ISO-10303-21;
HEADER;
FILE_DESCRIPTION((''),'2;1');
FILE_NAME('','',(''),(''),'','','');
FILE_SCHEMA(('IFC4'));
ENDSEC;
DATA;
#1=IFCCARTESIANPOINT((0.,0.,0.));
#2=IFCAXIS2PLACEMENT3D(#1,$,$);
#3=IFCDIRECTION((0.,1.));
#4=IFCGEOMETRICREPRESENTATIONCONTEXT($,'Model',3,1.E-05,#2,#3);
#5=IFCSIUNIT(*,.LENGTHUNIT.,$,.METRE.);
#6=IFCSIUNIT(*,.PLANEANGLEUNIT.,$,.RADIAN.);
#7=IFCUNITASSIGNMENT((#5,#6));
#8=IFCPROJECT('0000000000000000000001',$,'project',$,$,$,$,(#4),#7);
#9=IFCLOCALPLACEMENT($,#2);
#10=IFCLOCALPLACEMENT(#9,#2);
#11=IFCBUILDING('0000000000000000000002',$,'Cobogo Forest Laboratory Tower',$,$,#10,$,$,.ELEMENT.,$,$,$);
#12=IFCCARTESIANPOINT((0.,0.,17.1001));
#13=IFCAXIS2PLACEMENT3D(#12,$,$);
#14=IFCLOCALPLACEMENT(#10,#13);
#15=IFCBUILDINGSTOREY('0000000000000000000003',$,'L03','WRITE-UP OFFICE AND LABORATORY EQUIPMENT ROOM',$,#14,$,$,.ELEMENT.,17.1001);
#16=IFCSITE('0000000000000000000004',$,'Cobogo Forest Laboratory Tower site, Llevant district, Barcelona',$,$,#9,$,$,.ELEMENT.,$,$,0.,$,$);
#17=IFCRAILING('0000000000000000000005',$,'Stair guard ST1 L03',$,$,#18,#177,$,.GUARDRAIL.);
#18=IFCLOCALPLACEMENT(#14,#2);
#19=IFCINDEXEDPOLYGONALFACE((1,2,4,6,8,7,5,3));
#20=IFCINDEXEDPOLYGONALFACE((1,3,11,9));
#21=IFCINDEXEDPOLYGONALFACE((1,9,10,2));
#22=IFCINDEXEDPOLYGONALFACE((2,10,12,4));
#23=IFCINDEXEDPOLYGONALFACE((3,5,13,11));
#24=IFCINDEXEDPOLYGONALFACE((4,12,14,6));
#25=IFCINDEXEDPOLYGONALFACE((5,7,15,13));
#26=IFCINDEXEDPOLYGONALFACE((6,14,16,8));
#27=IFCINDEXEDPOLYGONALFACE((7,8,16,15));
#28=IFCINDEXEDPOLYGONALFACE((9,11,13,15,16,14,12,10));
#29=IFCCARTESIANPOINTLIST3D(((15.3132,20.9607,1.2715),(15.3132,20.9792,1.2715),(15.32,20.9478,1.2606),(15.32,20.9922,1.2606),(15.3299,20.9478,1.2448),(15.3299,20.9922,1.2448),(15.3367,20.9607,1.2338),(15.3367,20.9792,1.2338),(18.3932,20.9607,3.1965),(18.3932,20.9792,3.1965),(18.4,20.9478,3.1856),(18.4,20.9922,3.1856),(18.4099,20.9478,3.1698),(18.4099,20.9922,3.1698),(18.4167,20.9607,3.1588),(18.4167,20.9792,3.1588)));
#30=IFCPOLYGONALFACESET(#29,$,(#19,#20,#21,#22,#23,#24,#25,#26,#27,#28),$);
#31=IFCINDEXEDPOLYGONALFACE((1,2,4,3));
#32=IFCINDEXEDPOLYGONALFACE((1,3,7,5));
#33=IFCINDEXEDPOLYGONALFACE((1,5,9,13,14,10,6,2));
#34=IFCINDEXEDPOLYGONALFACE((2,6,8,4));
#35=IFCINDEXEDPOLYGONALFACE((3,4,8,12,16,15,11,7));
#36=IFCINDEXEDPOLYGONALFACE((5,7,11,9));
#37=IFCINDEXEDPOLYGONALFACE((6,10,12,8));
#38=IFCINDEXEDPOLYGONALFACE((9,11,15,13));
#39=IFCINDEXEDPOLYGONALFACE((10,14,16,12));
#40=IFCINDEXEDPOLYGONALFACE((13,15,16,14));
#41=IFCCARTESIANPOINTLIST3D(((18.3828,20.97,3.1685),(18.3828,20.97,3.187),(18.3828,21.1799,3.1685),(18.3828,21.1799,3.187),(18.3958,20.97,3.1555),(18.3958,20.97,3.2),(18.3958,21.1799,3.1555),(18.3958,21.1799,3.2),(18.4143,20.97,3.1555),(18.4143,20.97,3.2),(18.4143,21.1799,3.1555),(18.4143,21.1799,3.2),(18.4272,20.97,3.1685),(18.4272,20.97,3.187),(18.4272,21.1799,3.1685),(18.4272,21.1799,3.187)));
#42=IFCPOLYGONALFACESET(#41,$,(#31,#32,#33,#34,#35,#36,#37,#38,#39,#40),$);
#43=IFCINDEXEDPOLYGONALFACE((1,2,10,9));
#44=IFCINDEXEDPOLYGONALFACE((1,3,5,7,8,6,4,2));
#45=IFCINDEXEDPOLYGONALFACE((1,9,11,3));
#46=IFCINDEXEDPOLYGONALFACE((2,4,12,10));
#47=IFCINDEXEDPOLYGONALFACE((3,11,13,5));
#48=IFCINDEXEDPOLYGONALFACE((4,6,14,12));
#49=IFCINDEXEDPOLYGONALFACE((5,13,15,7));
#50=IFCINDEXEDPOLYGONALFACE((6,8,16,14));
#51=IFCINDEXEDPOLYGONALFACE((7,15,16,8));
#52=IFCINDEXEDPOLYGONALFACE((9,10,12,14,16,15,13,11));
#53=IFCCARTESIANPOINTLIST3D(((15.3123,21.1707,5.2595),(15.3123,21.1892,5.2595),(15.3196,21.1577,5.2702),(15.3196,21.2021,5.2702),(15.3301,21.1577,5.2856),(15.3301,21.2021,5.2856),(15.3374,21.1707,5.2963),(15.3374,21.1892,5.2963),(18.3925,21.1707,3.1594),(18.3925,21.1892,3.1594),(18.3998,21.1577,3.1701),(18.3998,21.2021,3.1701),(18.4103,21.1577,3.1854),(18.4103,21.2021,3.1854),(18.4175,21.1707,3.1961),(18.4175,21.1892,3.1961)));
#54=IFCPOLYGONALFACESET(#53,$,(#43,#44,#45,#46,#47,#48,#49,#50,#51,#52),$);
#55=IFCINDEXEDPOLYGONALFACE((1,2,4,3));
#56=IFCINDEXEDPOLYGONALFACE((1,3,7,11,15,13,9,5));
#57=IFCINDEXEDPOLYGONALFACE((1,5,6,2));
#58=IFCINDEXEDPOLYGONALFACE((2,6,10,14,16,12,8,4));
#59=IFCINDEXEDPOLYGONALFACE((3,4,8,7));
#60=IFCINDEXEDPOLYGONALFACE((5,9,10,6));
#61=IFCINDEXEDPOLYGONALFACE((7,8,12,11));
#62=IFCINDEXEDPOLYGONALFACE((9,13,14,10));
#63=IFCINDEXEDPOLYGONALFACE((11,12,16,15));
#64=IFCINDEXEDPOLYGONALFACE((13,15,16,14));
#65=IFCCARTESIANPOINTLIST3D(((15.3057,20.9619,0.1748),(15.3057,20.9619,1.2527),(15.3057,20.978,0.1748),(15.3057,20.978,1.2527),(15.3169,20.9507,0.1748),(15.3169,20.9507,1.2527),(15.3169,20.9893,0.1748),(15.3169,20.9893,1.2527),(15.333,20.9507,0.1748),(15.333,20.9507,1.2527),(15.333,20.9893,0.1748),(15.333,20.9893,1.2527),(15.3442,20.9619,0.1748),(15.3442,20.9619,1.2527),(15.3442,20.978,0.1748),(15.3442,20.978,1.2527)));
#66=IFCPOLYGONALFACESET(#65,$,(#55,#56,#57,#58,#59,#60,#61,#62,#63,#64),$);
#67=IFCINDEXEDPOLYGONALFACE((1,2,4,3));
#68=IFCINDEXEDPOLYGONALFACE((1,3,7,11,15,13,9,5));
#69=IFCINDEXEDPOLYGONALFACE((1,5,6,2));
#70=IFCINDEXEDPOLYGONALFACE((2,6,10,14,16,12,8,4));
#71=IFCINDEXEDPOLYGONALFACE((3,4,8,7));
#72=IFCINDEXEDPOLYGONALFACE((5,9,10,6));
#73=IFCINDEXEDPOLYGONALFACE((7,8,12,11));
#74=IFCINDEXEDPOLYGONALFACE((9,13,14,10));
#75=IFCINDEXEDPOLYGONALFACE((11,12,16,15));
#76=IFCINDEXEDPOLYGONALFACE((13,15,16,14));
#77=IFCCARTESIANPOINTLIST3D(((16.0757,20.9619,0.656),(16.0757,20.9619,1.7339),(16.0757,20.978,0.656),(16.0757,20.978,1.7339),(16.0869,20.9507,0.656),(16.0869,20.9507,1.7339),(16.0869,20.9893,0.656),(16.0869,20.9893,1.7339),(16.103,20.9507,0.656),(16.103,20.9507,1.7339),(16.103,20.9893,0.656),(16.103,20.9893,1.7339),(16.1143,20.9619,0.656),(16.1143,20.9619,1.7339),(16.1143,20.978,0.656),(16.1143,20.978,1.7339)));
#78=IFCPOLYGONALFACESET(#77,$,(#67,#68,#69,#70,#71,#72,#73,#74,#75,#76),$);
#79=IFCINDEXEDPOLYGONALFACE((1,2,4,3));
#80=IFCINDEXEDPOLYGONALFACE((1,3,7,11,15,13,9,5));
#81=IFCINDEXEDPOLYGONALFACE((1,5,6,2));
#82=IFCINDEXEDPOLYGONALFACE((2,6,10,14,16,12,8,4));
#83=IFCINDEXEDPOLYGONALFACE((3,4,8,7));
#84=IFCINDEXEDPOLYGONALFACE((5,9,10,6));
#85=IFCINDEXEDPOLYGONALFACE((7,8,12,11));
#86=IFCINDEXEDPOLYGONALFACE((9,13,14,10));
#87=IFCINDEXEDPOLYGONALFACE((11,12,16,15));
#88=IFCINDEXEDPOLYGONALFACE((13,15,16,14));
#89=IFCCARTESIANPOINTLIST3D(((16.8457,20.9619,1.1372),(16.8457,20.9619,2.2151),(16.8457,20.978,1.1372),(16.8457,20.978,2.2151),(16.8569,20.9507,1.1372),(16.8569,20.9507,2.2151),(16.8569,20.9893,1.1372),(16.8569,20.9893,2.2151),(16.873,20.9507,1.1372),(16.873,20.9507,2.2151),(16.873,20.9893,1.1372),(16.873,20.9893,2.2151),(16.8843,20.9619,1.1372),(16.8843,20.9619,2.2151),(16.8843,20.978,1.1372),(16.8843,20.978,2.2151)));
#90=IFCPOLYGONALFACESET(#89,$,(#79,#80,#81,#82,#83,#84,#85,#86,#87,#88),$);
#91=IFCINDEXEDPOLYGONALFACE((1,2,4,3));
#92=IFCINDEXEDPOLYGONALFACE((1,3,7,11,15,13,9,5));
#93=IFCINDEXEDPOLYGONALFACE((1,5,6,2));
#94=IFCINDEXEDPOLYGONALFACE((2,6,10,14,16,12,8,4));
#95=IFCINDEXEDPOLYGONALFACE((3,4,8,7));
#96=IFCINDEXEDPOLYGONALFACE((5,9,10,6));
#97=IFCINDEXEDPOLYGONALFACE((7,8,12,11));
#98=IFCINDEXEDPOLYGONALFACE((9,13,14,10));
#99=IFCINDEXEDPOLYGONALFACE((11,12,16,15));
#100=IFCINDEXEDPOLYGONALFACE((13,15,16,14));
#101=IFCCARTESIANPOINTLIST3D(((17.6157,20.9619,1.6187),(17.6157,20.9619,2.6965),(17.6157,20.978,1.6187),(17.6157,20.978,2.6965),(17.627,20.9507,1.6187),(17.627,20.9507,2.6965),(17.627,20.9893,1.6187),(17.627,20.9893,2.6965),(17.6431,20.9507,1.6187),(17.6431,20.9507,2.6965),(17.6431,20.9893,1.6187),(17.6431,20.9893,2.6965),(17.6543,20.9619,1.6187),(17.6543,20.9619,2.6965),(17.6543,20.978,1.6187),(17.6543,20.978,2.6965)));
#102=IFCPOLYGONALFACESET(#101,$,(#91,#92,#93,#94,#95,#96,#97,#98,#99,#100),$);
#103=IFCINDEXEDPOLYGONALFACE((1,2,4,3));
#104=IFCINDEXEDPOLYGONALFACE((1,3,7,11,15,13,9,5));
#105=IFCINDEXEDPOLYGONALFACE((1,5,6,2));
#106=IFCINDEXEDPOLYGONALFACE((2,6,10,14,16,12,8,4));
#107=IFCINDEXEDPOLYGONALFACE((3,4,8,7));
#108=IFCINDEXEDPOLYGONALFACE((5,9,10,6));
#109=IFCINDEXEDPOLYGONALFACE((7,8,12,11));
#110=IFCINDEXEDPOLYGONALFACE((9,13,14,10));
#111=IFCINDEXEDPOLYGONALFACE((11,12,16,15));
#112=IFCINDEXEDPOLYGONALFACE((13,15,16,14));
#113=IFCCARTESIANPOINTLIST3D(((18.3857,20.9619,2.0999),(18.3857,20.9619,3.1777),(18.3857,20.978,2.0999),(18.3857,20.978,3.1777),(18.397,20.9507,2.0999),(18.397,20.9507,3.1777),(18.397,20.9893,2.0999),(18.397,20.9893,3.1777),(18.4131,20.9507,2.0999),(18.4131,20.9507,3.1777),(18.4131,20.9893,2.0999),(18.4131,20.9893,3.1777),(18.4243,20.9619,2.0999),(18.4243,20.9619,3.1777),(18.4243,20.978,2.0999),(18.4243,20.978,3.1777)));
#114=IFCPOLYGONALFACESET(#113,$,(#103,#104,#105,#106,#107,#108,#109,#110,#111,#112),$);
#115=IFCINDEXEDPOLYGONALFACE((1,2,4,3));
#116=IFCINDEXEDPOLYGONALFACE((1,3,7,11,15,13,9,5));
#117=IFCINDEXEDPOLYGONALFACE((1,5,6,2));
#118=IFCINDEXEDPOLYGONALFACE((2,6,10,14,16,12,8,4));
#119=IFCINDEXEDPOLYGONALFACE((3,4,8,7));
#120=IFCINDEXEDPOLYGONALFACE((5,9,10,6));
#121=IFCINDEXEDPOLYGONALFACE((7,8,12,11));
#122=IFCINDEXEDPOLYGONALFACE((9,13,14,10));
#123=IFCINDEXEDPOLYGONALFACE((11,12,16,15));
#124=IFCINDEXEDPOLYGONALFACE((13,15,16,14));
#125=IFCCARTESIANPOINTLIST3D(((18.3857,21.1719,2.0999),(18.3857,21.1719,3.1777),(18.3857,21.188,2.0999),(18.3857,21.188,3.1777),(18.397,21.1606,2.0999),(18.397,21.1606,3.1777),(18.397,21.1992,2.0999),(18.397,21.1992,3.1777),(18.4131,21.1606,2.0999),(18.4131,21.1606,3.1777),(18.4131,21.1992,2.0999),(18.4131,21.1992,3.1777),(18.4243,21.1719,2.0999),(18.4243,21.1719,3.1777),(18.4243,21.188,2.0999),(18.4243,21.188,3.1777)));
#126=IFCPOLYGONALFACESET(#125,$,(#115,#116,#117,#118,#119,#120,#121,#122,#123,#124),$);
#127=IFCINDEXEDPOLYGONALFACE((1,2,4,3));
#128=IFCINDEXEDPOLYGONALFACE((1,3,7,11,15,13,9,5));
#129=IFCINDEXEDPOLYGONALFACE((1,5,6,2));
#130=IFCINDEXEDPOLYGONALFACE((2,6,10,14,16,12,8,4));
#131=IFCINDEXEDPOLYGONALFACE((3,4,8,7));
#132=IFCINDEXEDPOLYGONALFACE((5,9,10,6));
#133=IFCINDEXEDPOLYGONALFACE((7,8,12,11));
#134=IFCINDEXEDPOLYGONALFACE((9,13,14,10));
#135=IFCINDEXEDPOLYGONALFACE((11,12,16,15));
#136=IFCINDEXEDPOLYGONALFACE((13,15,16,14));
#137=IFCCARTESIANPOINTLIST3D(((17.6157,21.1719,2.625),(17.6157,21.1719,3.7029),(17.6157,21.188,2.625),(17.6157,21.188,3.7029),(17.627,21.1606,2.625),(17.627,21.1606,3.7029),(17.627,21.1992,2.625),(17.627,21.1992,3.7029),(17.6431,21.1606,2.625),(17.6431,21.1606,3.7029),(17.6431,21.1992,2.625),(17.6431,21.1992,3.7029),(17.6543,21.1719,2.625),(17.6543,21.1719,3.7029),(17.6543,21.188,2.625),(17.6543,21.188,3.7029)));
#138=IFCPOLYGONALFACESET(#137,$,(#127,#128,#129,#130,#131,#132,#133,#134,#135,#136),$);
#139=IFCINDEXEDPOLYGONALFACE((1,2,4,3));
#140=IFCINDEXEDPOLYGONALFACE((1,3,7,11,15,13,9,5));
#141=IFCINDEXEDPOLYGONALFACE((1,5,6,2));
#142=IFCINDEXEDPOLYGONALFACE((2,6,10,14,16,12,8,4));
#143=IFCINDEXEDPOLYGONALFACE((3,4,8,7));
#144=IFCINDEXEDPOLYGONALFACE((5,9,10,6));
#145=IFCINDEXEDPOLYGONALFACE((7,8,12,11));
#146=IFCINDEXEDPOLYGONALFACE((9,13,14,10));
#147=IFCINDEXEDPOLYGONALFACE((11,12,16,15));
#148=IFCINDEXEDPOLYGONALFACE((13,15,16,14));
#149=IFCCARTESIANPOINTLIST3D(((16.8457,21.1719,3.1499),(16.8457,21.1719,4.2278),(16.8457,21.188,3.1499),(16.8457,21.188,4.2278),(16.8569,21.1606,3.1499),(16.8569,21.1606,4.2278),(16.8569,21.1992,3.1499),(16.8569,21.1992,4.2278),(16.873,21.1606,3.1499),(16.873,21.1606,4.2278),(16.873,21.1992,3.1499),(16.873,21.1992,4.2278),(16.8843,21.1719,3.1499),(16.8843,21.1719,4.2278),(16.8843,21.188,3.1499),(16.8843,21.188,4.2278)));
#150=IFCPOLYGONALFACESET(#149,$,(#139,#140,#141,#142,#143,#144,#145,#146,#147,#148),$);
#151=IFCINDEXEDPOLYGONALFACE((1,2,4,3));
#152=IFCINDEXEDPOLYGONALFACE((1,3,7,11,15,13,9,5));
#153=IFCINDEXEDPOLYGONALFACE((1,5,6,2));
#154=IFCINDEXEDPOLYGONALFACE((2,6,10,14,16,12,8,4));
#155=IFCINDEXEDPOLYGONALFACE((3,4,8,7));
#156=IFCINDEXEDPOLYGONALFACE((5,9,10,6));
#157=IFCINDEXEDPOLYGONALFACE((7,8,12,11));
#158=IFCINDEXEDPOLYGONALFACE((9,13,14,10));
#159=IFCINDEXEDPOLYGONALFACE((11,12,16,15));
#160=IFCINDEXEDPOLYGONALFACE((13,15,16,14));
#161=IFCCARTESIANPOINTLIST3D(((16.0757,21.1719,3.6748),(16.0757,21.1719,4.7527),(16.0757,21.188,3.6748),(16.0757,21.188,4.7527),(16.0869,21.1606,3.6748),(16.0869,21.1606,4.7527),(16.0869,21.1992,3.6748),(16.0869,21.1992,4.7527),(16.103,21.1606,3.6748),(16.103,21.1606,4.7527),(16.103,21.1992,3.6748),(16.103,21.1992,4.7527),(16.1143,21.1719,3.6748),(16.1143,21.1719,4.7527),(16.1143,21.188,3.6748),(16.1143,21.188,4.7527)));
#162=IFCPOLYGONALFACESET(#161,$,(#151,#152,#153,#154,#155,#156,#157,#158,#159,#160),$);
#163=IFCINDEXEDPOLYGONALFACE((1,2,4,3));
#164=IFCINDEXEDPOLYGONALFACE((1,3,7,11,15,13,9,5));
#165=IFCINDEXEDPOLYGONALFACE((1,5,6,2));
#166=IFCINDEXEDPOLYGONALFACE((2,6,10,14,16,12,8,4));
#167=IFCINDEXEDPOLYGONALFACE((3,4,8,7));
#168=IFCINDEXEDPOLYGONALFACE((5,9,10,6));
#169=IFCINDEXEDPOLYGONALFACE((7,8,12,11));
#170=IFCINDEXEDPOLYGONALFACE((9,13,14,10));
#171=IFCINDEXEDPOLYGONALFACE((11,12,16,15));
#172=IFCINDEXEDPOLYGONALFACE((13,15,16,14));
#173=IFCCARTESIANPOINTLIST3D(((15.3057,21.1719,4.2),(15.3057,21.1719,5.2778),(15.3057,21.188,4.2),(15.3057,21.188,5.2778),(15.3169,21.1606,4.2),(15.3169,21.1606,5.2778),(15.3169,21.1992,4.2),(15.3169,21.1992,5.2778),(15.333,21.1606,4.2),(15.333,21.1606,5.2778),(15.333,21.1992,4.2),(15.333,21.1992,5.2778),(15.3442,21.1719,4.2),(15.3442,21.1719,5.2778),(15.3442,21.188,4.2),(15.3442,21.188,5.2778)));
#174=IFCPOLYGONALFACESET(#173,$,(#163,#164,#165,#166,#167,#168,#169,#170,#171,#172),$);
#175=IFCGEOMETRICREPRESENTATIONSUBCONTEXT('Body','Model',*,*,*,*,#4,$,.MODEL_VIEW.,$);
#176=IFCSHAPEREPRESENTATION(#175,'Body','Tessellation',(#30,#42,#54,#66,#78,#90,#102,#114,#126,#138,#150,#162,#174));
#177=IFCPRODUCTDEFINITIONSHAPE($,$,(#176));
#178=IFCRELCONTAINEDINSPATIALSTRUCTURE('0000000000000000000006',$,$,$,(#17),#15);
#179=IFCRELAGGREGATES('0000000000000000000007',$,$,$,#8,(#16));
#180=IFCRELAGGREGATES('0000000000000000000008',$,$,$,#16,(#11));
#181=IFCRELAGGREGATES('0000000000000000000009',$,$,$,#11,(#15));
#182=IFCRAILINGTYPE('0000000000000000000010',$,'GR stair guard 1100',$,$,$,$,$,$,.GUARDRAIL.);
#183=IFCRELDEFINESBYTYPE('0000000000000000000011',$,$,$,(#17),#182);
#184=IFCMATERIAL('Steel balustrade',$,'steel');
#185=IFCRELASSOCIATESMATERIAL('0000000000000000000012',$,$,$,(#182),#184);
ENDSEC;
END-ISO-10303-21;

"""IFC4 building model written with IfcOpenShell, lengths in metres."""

from ifc_helpers import new_model, si_unit, direction, frame, origin, place, context, subcontext, project, spatial, polyline, outline, extrude, material, type_object, element, save


model = new_model("IFC4")

# Units and contexts
model_context = context("Model", 3, precision=1e-05, world=origin(), true_north=direction((0.0, 1.0)))
body_context = subcontext(model_context, "Body", "Model", "MODEL_VIEW")
ifc_project = project(units=[si_unit("LENGTHUNIT", "METRE"), si_unit("PLANEANGLEUNIT", "RADIAN")], contexts=[model_context])

# Site, building, storey
site_placement = place(None, origin())
site = spatial("IfcSite", under=ifc_project, at=site_placement, Name="Cobogo Forest Laboratory Tower site, Llevant district, Barcelona", CompositionType="ELEMENT", RefElevation=0.0)
building_placement = place(site_placement, origin())
building = spatial("IfcBuilding", under=site, at=building_placement, Name="Cobogo Forest Laboratory Tower", CompositionType="ELEMENT")
storey_placement = place(building_placement, frame((0.0, 0.0, 17.1001)))
storey = spatial("IfcBuildingStorey", under=building, at=storey_placement, Name="L03", Description="WRITE-UP OFFICE AND LABORATORY EQUIPMENT ROOM", CompositionType="ELEMENT", Elevation=17.1001)

# Railing
ifc_material_1 = material(Name="Steel balustrade", Category="steel")
railing_type_1 = type_object("IfcRailingType", Name="GR stair guard 1100", PredefinedType="GUARDRAIL", material=ifc_material_1)
railing_1_placement = place(storey_placement, frame((15.325, 20.97, 0.1748)))
element("IfcRailing", 1, at=railing_1_placement, inside=storey, type_object=railing_type_1, Name="Stair guard ST1 L03", PredefinedType="GUARDRAIL", context=body_context, shape_type="SweptSolid", body=[
    extrude(outline(polyline([(0.0222, 0.0093), (0.0093, 0.0222), (-0.0093, 0.0222), (-0.0222, 0.0093), (-0.0222, -0.0093), (-0.0093, -0.0222), (0.0093, -0.0222), (0.0222, -0.0093), (0.0222, 0.0093)])), frame((0.0, 0.0, 1.0779), z_axis=(0.847998, 0.0, 0.529999), x_axis=(0.0, 1.0, 0.0)), (0.0, 0.0, 1.0), 3.6321),
    extrude(outline(polyline([(0.0222, 0.0093), (0.0093, 0.0222), (-0.0093, 0.0222), (-0.0222, 0.0093), (-0.0222, -0.0093), (-0.0093, -0.0222), (0.0093, -0.0222), (0.0222, -0.0093), (0.0222, 0.0093)])), frame((3.0801, 0.0, 3.0029), z_axis=(0.0, 1.0, 0.0), x_axis=(-1.0, 0.0, 0.0)), (0.0, 0.0, 1.0), 0.21),
    extrude(outline(polyline([(0.0222, 0.0093), (0.0093, 0.0222), (-0.0093, 0.0222), (-0.0222, 0.0093), (-0.0222, -0.0093), (-0.0093, -0.0222), (0.0093, -0.0222), (0.0222, -0.0093), (0.0222, 0.0093)])), frame((3.0801, 0.21, 3.0029), z_axis=(-0.826222, 0.0, 0.563345), x_axis=(0.0, -1.0, 0.0)), (0.0, 0.0, 1.0), 3.728),
    extrude(outline(polyline([(0.0193, 0.0081), (0.0081, 0.0193), (-0.0081, 0.0193), (-0.0193, 0.0081), (-0.0193, -0.0081), (-0.0081, -0.0193), (0.0081, -0.0193), (0.0193, -0.0081), (0.0193, 0.0081)])), origin(), (0.0, 0.0, 1.0), 1.0779),
    extrude(outline(polyline([(0.0193, 0.0081), (0.0081, 0.0193), (-0.0081, 0.0193), (-0.0193, 0.0081), (-0.0193, -0.0081), (-0.0081, -0.0193), (0.0081, -0.0193), (0.0193, -0.0081), (0.0193, 0.0081)])), frame((0.77, 0.0, 0.4812)), (0.0, 0.0, 1.0), 1.0779),
    extrude(outline(polyline([(0.0193, 0.0081), (0.0081, 0.0193), (-0.0081, 0.0193), (-0.0193, 0.0081), (-0.0193, -0.0081), (-0.0081, -0.0193), (0.0081, -0.0193), (0.0193, -0.0081), (0.0193, 0.0081)])), frame((1.54, 0.0, 0.9624)), (0.0, 0.0, 1.0), 1.0779),
    extrude(outline(polyline([(0.0193, 0.0081), (0.0081, 0.0193), (-0.0081, 0.0193), (-0.0193, 0.0081), (-0.0193, -0.0081), (-0.0081, -0.0193), (0.0081, -0.0193), (0.0193, -0.0081), (0.0193, 0.0081)])), frame((2.3101, 0.0, 1.4438)), (0.0, 0.0, 1.0), 1.0779),
    extrude(outline(polyline([(0.0193, 0.0081), (0.0081, 0.0193), (-0.0081, 0.0193), (-0.0193, 0.0081), (-0.0193, -0.0081), (-0.0081, -0.0193), (0.0081, -0.0193), (0.0193, -0.0081), (0.0193, 0.0081)])), frame((3.0801, 0.0, 1.925)), (0.0, 0.0, 1.0), 1.0779),
    extrude(outline(polyline([(0.0193, 0.0081), (0.0081, 0.0193), (-0.0081, 0.0193), (-0.0193, 0.0081), (-0.0193, -0.0081), (-0.0081, -0.0193), (0.0081, -0.0193), (0.0193, -0.0081), (0.0193, 0.0081)])), frame((3.0801, 0.21, 1.925)), (0.0, 0.0, 1.0), 1.0779),
    extrude(outline(polyline([(0.0193, 0.0081), (0.0081, 0.0193), (-0.0081, 0.0193), (-0.0193, 0.0081), (-0.0193, -0.0081), (-0.0081, -0.0193), (0.0081, -0.0193), (0.0193, -0.0081), (0.0193, 0.0081)])), frame((2.3101, 0.21, 2.4502)), (0.0, 0.0, 1.0), 1.0779),
    extrude(outline(polyline([(0.0193, 0.0081), (0.0081, 0.0193), (-0.0081, 0.0193), (-0.0193, 0.0081), (-0.0193, -0.0081), (-0.0081, -0.0193), (0.0081, -0.0193), (0.0193, -0.0081), (0.0193, 0.0081)])), frame((1.54, 0.21, 2.9751)), (0.0, 0.0, 1.0), 1.0779),
    extrude(outline(polyline([(0.0193, 0.0081), (0.0081, 0.0193), (-0.0081, 0.0193), (-0.0193, 0.0081), (-0.0193, -0.0081), (-0.0081, -0.0193), (0.0081, -0.0193), (0.0193, -0.0081), (0.0193, 0.0081)])), frame((0.77, 0.21, 3.5)), (0.0, 0.0, 1.0), 1.0779),
    extrude(outline(polyline([(0.0193, 0.0081), (0.0081, 0.0193), (-0.0081, 0.0193), (-0.0193, 0.0081), (-0.0193, -0.0081), (-0.0081, -0.0193), (0.0081, -0.0193), (0.0193, -0.0081), (0.0193, 0.0081)])), frame((0.0, 0.21, 4.0251)), (0.0, 0.0, 1.0), 1.0779),
])

save(model, "model.ifc")
